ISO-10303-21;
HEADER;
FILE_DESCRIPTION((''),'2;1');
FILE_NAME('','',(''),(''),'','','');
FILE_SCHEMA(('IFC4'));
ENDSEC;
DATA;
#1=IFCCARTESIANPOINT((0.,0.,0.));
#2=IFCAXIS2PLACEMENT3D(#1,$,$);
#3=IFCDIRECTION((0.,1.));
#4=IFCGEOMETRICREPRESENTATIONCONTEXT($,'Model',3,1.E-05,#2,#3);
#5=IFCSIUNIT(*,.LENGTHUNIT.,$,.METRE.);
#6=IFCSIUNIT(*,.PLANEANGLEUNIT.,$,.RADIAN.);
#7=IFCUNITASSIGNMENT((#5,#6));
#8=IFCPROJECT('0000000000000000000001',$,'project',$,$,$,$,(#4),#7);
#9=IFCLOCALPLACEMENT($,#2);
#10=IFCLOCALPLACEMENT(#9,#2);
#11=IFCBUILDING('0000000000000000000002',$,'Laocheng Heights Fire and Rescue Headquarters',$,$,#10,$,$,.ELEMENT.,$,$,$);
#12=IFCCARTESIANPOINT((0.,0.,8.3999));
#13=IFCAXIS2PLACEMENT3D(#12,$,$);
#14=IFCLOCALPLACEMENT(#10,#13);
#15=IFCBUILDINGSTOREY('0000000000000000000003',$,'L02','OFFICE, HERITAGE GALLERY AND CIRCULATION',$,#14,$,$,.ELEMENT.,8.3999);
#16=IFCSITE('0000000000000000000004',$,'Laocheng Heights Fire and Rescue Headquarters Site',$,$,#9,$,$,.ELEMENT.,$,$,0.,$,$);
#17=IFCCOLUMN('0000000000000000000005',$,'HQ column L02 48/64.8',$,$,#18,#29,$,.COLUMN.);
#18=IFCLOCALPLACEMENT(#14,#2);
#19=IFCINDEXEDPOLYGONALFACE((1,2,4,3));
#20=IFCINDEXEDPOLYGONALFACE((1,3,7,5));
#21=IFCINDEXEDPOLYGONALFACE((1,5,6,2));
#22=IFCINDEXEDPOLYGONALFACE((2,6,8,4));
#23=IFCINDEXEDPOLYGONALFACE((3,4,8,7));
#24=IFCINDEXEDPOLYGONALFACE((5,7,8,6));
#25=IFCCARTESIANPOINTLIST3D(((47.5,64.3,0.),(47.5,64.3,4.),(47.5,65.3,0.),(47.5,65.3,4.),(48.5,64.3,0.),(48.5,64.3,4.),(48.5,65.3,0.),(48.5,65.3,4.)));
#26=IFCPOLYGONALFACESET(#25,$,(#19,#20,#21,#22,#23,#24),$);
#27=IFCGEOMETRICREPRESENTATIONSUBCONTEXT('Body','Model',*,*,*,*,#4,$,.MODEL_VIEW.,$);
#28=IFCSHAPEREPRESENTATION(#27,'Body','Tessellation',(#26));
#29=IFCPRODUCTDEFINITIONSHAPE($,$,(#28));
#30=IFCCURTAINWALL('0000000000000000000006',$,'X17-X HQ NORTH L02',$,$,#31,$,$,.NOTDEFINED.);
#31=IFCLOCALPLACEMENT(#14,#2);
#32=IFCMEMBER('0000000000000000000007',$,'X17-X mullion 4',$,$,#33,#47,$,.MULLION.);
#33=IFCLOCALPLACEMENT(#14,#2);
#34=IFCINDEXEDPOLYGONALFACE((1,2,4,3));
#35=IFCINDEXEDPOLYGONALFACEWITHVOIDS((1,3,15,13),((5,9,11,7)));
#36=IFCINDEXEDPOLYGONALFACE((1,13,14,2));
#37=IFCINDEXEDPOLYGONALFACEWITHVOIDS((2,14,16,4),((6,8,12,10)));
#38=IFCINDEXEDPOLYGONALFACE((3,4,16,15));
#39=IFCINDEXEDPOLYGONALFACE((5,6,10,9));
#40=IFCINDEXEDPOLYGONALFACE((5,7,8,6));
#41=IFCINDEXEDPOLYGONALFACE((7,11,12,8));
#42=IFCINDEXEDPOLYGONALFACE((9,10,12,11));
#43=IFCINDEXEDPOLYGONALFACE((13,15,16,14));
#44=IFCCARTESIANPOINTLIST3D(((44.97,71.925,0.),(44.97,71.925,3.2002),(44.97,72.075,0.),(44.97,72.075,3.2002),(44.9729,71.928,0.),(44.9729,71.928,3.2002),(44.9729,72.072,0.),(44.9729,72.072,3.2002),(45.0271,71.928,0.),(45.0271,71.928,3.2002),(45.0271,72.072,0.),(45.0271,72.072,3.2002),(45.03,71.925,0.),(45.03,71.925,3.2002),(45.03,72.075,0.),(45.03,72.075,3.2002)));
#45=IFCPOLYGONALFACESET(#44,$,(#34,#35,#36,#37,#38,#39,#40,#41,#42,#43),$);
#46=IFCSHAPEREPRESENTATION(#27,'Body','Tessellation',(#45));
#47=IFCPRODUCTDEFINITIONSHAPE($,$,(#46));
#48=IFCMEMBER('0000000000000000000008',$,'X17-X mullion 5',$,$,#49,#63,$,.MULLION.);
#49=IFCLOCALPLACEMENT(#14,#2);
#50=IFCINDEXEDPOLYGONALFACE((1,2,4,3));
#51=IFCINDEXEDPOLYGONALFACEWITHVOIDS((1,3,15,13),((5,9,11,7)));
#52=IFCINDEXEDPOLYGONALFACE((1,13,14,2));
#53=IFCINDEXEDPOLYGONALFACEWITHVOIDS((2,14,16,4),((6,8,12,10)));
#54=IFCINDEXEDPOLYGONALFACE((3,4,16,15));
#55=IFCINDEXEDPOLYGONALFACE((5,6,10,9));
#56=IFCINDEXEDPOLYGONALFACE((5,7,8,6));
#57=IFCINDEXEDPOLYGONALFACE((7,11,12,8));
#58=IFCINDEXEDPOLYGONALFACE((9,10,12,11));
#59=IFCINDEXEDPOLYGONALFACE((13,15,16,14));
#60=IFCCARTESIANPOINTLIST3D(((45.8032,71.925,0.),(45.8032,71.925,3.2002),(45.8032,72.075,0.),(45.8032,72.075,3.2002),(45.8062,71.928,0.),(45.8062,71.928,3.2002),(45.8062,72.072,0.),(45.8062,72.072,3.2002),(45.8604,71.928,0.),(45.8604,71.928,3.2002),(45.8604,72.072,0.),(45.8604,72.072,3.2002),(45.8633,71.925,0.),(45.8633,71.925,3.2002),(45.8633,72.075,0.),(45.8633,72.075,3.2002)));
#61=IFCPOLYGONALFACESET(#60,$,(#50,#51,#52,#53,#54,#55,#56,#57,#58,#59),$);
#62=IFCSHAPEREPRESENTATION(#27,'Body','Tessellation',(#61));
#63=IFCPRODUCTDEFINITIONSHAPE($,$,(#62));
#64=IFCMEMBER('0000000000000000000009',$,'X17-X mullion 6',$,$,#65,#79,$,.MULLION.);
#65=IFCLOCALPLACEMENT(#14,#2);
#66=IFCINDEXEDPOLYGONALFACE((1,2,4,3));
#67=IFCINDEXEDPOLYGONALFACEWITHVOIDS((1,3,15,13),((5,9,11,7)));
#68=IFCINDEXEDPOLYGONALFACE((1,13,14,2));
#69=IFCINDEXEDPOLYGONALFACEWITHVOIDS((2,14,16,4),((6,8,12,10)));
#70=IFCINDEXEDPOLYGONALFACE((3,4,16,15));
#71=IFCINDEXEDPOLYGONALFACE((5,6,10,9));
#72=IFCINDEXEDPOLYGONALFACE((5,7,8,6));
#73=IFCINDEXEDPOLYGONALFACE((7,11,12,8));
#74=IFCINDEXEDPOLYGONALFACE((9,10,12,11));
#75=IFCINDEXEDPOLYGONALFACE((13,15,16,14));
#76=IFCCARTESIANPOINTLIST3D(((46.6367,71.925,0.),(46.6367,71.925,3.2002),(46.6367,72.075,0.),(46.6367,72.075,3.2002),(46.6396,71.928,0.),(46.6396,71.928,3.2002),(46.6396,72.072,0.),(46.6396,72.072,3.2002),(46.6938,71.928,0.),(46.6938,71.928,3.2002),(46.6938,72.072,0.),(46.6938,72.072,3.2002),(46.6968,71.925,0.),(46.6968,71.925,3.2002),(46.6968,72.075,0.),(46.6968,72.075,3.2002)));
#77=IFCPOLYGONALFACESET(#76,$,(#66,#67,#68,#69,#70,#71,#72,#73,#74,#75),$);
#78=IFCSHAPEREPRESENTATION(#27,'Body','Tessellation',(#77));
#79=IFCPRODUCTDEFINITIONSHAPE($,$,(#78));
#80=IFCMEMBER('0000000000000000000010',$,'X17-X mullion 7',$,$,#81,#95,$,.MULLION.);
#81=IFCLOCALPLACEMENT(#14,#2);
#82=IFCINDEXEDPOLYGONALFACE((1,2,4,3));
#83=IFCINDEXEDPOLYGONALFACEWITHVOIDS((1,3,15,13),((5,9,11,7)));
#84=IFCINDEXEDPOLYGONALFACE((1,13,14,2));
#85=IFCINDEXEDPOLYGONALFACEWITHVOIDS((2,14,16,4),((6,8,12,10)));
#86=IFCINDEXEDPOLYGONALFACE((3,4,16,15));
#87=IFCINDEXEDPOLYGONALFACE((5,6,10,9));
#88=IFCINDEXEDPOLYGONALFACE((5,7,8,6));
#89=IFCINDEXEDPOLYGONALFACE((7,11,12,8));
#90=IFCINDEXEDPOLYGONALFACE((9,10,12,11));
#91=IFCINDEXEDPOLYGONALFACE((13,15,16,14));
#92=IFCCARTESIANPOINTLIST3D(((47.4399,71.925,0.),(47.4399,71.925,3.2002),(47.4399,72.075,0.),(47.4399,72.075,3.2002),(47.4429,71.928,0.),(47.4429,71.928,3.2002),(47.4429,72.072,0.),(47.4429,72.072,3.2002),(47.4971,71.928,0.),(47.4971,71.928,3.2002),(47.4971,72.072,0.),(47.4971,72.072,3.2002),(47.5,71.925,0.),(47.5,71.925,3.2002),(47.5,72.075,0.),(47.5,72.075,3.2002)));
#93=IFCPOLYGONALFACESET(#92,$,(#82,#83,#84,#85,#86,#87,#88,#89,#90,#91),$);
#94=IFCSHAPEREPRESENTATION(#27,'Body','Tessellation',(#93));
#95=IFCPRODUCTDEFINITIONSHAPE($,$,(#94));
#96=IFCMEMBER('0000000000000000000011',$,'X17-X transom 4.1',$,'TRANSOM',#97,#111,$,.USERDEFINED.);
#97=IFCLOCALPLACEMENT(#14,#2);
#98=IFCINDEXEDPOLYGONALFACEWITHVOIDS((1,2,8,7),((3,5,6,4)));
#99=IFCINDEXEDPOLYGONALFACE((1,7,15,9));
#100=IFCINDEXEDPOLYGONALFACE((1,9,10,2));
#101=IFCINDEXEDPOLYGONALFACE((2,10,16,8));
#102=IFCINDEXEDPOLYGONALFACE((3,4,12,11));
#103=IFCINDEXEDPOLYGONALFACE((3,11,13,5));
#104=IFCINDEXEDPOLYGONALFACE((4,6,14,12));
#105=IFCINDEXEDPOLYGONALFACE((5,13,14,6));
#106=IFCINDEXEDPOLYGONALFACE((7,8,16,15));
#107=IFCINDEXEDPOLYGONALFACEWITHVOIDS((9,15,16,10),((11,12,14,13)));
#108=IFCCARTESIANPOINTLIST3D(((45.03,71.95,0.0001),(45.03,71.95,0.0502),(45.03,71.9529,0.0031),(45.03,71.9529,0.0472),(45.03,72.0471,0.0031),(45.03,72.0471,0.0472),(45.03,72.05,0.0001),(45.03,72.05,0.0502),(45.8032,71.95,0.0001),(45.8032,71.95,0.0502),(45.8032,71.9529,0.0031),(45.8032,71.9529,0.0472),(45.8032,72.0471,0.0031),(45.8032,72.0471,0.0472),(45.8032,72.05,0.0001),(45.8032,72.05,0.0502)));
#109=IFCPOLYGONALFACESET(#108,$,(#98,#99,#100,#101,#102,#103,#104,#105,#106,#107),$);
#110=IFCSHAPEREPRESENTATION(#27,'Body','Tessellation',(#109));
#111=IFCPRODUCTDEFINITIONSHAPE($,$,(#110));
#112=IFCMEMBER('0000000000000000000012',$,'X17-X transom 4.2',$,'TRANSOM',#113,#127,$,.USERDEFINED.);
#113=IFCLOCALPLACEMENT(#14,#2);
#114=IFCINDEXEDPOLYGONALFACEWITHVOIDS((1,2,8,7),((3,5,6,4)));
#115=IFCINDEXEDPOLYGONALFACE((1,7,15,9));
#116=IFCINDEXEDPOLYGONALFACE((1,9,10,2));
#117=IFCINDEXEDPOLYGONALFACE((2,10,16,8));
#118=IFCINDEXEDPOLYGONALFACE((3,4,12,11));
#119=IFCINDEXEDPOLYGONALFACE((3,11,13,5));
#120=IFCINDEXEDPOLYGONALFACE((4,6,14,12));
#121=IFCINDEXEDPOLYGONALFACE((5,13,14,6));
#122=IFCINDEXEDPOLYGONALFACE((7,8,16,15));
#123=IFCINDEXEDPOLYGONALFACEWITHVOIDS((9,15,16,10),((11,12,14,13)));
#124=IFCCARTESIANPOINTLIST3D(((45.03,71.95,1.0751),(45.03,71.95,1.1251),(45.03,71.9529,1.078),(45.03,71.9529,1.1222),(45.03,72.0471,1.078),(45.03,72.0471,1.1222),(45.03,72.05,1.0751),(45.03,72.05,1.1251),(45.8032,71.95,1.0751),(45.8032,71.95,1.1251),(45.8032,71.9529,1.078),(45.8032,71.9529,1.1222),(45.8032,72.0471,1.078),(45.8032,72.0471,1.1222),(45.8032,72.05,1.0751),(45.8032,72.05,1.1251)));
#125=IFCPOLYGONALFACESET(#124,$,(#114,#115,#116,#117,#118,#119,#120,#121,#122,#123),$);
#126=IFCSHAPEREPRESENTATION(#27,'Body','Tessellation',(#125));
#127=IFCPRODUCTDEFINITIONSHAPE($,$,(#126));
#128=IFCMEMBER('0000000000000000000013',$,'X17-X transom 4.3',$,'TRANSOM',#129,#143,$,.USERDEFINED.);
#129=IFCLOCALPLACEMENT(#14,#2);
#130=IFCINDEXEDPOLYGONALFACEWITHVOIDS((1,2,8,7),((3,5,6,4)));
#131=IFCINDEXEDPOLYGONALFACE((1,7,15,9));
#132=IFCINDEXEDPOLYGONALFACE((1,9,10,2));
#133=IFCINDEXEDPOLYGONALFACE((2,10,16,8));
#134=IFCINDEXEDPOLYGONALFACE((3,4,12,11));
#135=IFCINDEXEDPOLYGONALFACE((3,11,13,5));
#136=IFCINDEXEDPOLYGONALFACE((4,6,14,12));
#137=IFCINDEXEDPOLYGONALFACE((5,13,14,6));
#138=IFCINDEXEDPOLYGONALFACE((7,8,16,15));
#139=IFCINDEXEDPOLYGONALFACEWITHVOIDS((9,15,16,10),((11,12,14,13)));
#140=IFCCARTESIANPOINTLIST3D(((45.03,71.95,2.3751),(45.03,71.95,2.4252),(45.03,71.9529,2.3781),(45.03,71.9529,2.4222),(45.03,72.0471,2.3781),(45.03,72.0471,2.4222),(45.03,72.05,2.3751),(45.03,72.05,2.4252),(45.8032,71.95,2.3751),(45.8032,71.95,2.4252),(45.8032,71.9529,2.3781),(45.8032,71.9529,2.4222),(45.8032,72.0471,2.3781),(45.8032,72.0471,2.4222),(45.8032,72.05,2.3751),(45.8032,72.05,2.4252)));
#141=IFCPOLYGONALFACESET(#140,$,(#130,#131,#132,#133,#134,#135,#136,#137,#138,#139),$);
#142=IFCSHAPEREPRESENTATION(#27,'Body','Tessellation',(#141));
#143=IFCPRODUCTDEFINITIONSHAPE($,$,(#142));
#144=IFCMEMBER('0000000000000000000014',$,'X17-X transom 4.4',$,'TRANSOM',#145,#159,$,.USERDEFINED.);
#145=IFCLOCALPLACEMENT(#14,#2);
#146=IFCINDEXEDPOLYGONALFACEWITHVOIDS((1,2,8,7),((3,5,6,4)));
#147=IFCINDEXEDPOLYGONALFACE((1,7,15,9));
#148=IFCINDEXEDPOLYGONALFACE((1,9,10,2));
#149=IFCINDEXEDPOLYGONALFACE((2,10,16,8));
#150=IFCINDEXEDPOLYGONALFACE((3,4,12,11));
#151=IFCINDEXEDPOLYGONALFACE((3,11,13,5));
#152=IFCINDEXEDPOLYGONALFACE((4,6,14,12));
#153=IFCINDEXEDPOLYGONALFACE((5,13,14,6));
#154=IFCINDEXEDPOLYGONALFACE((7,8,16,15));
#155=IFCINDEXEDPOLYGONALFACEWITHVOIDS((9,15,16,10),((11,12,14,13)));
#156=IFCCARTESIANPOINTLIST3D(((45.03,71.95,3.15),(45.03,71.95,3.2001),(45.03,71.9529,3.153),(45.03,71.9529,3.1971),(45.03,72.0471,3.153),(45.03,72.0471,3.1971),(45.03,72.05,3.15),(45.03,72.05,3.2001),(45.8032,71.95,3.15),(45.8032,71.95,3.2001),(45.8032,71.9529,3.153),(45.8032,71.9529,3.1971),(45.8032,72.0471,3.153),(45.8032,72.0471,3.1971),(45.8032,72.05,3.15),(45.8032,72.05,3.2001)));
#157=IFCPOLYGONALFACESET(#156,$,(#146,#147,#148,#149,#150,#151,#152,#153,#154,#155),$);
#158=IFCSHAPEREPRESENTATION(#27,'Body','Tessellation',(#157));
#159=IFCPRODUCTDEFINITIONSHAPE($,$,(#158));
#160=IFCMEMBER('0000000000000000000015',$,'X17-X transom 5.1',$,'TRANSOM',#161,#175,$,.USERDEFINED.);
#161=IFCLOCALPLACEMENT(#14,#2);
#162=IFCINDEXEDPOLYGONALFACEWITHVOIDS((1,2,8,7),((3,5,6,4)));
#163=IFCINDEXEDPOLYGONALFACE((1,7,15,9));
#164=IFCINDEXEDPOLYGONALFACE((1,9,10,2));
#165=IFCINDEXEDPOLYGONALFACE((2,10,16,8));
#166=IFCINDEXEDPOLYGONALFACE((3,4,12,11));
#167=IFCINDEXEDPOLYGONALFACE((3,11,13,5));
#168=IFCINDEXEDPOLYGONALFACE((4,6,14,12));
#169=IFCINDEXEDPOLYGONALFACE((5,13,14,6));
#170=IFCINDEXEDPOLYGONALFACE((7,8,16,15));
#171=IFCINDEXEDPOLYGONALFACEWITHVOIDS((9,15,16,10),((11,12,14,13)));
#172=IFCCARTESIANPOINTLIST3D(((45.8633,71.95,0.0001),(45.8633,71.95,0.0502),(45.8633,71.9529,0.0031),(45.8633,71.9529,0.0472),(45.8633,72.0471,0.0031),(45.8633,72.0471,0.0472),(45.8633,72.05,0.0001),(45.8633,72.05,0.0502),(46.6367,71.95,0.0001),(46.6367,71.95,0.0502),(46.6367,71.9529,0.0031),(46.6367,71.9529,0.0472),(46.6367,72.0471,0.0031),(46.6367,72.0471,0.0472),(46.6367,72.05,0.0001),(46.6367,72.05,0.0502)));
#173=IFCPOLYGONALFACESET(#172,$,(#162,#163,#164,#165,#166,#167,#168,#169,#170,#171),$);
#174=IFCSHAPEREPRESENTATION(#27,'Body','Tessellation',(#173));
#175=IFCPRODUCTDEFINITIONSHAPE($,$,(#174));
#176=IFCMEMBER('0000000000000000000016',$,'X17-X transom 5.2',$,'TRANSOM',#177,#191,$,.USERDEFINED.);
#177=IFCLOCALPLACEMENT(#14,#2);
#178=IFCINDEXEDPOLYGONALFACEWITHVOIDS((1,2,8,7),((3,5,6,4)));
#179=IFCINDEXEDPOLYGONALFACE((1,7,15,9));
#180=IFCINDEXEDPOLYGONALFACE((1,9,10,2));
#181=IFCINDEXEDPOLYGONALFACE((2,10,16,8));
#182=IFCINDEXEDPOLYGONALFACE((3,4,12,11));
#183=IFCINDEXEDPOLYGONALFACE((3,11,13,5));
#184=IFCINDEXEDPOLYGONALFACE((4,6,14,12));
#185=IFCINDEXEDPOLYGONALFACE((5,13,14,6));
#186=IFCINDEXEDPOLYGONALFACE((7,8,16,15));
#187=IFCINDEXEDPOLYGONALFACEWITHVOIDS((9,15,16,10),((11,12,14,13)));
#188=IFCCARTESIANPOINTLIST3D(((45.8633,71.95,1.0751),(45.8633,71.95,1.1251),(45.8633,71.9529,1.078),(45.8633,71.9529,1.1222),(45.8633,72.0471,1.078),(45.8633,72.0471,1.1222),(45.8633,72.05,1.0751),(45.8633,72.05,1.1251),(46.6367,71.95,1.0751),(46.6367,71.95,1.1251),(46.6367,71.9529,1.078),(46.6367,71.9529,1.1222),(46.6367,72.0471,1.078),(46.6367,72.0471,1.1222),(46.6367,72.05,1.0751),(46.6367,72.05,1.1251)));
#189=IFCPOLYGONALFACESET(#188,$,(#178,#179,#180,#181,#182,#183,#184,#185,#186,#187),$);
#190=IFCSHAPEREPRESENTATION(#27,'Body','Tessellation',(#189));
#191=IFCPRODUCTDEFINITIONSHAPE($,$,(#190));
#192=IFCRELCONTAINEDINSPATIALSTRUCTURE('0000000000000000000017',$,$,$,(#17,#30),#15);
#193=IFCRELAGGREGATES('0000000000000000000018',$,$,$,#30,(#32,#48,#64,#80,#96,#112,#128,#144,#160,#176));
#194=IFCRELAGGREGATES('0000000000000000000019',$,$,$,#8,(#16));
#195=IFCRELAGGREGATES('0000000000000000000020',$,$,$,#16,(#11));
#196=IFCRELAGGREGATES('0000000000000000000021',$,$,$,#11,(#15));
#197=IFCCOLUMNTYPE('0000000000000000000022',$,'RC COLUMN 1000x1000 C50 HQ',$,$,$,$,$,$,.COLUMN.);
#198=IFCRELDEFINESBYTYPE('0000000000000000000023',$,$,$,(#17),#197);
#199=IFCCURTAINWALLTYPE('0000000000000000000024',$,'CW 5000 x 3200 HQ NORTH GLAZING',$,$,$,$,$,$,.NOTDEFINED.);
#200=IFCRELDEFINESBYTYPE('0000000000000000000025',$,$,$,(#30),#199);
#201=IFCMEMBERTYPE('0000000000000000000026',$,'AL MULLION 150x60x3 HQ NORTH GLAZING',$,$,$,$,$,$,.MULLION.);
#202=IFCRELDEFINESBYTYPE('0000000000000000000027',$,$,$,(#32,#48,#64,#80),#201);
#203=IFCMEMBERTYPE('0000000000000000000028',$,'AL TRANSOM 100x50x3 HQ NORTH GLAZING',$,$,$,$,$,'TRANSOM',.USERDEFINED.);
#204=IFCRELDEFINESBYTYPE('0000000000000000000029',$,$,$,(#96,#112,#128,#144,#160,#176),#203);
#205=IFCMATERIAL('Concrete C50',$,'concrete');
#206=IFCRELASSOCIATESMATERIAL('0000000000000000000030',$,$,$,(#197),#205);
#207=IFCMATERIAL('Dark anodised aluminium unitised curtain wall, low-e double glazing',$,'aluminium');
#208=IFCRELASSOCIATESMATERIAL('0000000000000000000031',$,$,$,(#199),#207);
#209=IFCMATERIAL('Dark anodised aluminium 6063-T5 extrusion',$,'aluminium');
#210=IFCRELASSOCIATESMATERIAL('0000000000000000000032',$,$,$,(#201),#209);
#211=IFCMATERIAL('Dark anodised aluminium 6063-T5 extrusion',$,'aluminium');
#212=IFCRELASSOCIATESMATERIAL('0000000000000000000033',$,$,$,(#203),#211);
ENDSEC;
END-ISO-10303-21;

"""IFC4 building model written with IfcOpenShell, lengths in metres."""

from ifc_helpers import new_model, si_unit, direction, frame, origin, origin_2d, place, context, subcontext, project, spatial, rectangle, hollow_rectangle, extrude, material, material_profile, profile_set, type_object, element, aggregate, save


model = new_model("IFC4")

# Units and contexts
model_context = context("Model", 3, precision=1e-05, world=origin(), true_north=direction((0.0, 1.0)))
body_context = subcontext(model_context, "Body", "Model", "MODEL_VIEW")
ifc_project = project(units=[si_unit("LENGTHUNIT", "METRE"), si_unit("PLANEANGLEUNIT", "RADIAN")], contexts=[model_context])

# Site, building, storey
site_placement = place(None, origin())
site = spatial("IfcSite", under=ifc_project, at=site_placement, Name="Laocheng Heights Fire and Rescue Headquarters Site", CompositionType="ELEMENT", RefElevation=0.0)
building_placement = place(site_placement, origin())
building = spatial("IfcBuilding", under=site, at=building_placement, Name="Laocheng Heights Fire and Rescue Headquarters", CompositionType="ELEMENT")
storey_placement = place(building_placement, frame((0.0, 0.0, 8.3999)))
storey = spatial("IfcBuildingStorey", under=building, at=storey_placement, Name="L02", Description="OFFICE, HERITAGE GALLERY AND CIRCULATION", CompositionType="ELEMENT", Elevation=8.3999)

# Column
ifc_material_1 = material(Name="Concrete C50", Category="concrete")
ifc_material_profile_1 = material_profile(ifc_material_1, rectangle(XDim=1.0, YDim=1.0, at=origin_2d()), Name="RC COLUMN 1000x1000 C50 HQ")
ifc_profile_set_1 = profile_set([ifc_material_profile_1], Name="Concrete C50")
column_type = type_object("IfcColumnType", Name="RC COLUMN 1000x1000 C50 HQ", PredefinedType="COLUMN", material=ifc_profile_set_1)
column_placement = place(storey_placement, frame((48.0, 64.8, 0.0), z_axis=(0.0, 0.0, 1.0), x_axis=(1.0, 0.0, 0.0)))
element("IfcColumn", 1, at=column_placement, inside=storey, type_object=column_type, Name="HQ column L02 48/64.8", PredefinedType="COLUMN", context=body_context, shape_type="SweptSolid", body=[
    extrude(rectangle(XDim=1.0, YDim=1.0, at=origin_2d()), origin(), (0.0, 0.0, 1.0), 4.0),
])

# Curtain wall, members
ifc_material_2 = material(Name="Dark anodised aluminium unitised curtain wall, low-e double glazing", Category="aluminium")
curtain_wall_type = type_object("IfcCurtainWallType", Name="CW 5000 x 3200 HQ NORTH GLAZING", PredefinedType="NOTDEFINED", material=ifc_material_2)
curtain_wall_placement = place(storey_placement, origin())
curtain_wall = element("IfcCurtainWall", 2, at=curtain_wall_placement, inside=storey, type_object=curtain_wall_type, Name="X17-X HQ NORTH L02", PredefinedType="NOTDEFINED")
ifc_material_3 = material(Name="Dark anodised aluminium 6063-T5 extrusion", Category="aluminium")
ifc_material_profile_2 = material_profile(ifc_material_3, hollow_rectangle(XDim=0.1499, YDim=0.0601, WallThickness=0.0029, at=origin_2d()), Name="AL MULLION 150x60x3 HQ NORTH GLAZING")
ifc_profile_set_2 = profile_set([ifc_material_profile_2], Name="Dark anodised aluminium 6063-T5 extrusion")
member_type_1 = type_object("IfcMemberType", Name="AL MULLION 150x60x3 HQ NORTH GLAZING", PredefinedType="MULLION", material=ifc_profile_set_2)
member_1_placement = place(storey_placement, frame((45.0, 72.0, 0.0), z_axis=(0.0, 0.0, 1.0), x_axis=(0.0, 1.0, 0.0)))
member_1 = element("IfcMember", 3, at=member_1_placement, type_object=member_type_1, Name="X17-X mullion 4", PredefinedType="MULLION", context=body_context, shape_type="SweptSolid", body=[
    extrude(hollow_rectangle(XDim=0.1499, YDim=0.0601, WallThickness=0.0029, at=origin_2d()), origin(), (0.0, 0.0, 1.0), 3.2002),
])
member_2_placement = place(storey_placement, frame((45.8333, 72.0, 0.0), z_axis=(0.0, 0.0, 1.0), x_axis=(0.0, 1.0, 0.0)))
member_2 = element("IfcMember", 4, at=member_2_placement, type_object=member_type_1, Name="X17-X mullion 5", PredefinedType="MULLION", context=body_context, shape_type="SweptSolid", body=[
    extrude(hollow_rectangle(XDim=0.1499, YDim=0.0601, WallThickness=0.0029, at=origin_2d()), origin(), (0.0, 0.0, 1.0), 3.2002),
])
member_3_placement = place(storey_placement, frame((46.6667, 72.0, 0.0), z_axis=(0.0, 0.0, 1.0), x_axis=(0.0, 1.0, 0.0)))
member_3 = element("IfcMember", 5, at=member_3_placement, type_object=member_type_1, Name="X17-X mullion 6", PredefinedType="MULLION", context=body_context, shape_type="SweptSolid", body=[
    extrude(hollow_rectangle(XDim=0.1499, YDim=0.0601, WallThickness=0.0029, at=origin_2d()), origin(), (0.0, 0.0, 1.0), 3.2002),
])
member_4_placement = place(storey_placement, frame((47.47, 72.0, 0.0), z_axis=(0.0, 0.0, 1.0), x_axis=(0.0, 1.0, 0.0)))
member_4 = element("IfcMember", 6, at=member_4_placement, type_object=member_type_1, Name="X17-X mullion 7", PredefinedType="MULLION", context=body_context, shape_type="SweptSolid", body=[
    extrude(hollow_rectangle(XDim=0.1499, YDim=0.0601, WallThickness=0.0029, at=origin_2d()), origin(), (0.0, 0.0, 1.0), 3.2002),
])
ifc_material_4 = material(Name="Dark anodised aluminium 6063-T5 extrusion", Category="aluminium")
ifc_material_profile_3 = material_profile(ifc_material_4, hollow_rectangle(XDim=0.1001, YDim=0.05, WallThickness=0.0029, at=origin_2d()), Name="AL TRANSOM 100x50x3 HQ NORTH GLAZING")
ifc_profile_set_3 = profile_set([ifc_material_profile_3], Name="Dark anodised aluminium 6063-T5 extrusion")
member_type_2 = type_object("IfcMemberType", Name="AL TRANSOM 100x50x3 HQ NORTH GLAZING", ElementType="TRANSOM", PredefinedType="USERDEFINED", material=ifc_profile_set_3)
member_5_placement = place(storey_placement, frame((45.03, 72.0, 0.0251), z_axis=(1.0, 0.0, 0.0), x_axis=(0.0, 1.0, 0.0)))
member_5 = element("IfcMember", 7, at=member_5_placement, type_object=member_type_2, Name="X17-X transom 4.1", ObjectType="TRANSOM", PredefinedType="USERDEFINED", context=body_context, shape_type="SweptSolid", body=[
    extrude(hollow_rectangle(XDim=0.1001, YDim=0.05, WallThickness=0.0029, at=origin_2d()), origin(), (0.0, 0.0, 1.0), 0.7732),
])
member_6_placement = place(storey_placement, frame((45.03, 72.0, 1.1001), z_axis=(1.0, 0.0, 0.0), x_axis=(0.0, 1.0, 0.0)))
member_6 = element("IfcMember", 8, at=member_6_placement, type_object=member_type_2, Name="X17-X transom 4.2", ObjectType="TRANSOM", PredefinedType="USERDEFINED", context=body_context, shape_type="SweptSolid", body=[
    extrude(hollow_rectangle(XDim=0.1001, YDim=0.05, WallThickness=0.0029, at=origin_2d()), origin(), (0.0, 0.0, 1.0), 0.7732),
])
member_7_placement = place(storey_placement, frame((45.03, 72.0, 2.4001), z_axis=(1.0, 0.0, 0.0), x_axis=(0.0, 1.0, 0.0)))
member_7 = element("IfcMember", 9, at=member_7_placement, type_object=member_type_2, Name="X17-X transom 4.3", ObjectType="TRANSOM", PredefinedType="USERDEFINED", context=body_context, shape_type="SweptSolid", body=[
    extrude(hollow_rectangle(XDim=0.1001, YDim=0.05, WallThickness=0.0029, at=origin_2d()), origin(), (0.0, 0.0, 1.0), 0.7732),
])
member_8_placement = place(storey_placement, frame((45.03, 72.0, 3.175), z_axis=(1.0, 0.0, 0.0), x_axis=(0.0, 1.0, 0.0)))
member_8 = element("IfcMember", 10, at=member_8_placement, type_object=member_type_2, Name="X17-X transom 4.4", ObjectType="TRANSOM", PredefinedType="USERDEFINED", context=body_context, shape_type="SweptSolid", body=[
    extrude(hollow_rectangle(XDim=0.1001, YDim=0.05, WallThickness=0.0029, at=origin_2d()), origin(), (0.0, 0.0, 1.0), 0.7732),
])
member_9_placement = place(storey_placement, frame((45.8633, 72.0, 0.0251), z_axis=(1.0, 0.0, 0.0), x_axis=(0.0, 1.0, 0.0)))
member_9 = element("IfcMember", 11, at=member_9_placement, type_object=member_type_2, Name="X17-X transom 5.1", ObjectType="TRANSOM", PredefinedType="USERDEFINED", context=body_context, shape_type="SweptSolid", body=[
    extrude(hollow_rectangle(XDim=0.1001, YDim=0.05, WallThickness=0.0029, at=origin_2d()), origin(), (0.0, 0.0, 1.0), 0.7734),
])
member_10_placement = place(storey_placement, frame((45.8633, 72.0, 1.1001), z_axis=(1.0, 0.0, 0.0), x_axis=(0.0, 1.0, 0.0)))
member_10 = element("IfcMember", 12, at=member_10_placement, type_object=member_type_2, Name="X17-X transom 5.2", ObjectType="TRANSOM", PredefinedType="USERDEFINED", context=body_context, shape_type="SweptSolid", body=[
    extrude(hollow_rectangle(XDim=0.1001, YDim=0.05, WallThickness=0.0029, at=origin_2d()), origin(), (0.0, 0.0, 1.0), 0.7734),
])

aggregate(curtain_wall, [member_1, member_2, member_3, member_4, member_5, member_6, member_7, member_8, member_9, member_10])

save(model, "model.ifc")
